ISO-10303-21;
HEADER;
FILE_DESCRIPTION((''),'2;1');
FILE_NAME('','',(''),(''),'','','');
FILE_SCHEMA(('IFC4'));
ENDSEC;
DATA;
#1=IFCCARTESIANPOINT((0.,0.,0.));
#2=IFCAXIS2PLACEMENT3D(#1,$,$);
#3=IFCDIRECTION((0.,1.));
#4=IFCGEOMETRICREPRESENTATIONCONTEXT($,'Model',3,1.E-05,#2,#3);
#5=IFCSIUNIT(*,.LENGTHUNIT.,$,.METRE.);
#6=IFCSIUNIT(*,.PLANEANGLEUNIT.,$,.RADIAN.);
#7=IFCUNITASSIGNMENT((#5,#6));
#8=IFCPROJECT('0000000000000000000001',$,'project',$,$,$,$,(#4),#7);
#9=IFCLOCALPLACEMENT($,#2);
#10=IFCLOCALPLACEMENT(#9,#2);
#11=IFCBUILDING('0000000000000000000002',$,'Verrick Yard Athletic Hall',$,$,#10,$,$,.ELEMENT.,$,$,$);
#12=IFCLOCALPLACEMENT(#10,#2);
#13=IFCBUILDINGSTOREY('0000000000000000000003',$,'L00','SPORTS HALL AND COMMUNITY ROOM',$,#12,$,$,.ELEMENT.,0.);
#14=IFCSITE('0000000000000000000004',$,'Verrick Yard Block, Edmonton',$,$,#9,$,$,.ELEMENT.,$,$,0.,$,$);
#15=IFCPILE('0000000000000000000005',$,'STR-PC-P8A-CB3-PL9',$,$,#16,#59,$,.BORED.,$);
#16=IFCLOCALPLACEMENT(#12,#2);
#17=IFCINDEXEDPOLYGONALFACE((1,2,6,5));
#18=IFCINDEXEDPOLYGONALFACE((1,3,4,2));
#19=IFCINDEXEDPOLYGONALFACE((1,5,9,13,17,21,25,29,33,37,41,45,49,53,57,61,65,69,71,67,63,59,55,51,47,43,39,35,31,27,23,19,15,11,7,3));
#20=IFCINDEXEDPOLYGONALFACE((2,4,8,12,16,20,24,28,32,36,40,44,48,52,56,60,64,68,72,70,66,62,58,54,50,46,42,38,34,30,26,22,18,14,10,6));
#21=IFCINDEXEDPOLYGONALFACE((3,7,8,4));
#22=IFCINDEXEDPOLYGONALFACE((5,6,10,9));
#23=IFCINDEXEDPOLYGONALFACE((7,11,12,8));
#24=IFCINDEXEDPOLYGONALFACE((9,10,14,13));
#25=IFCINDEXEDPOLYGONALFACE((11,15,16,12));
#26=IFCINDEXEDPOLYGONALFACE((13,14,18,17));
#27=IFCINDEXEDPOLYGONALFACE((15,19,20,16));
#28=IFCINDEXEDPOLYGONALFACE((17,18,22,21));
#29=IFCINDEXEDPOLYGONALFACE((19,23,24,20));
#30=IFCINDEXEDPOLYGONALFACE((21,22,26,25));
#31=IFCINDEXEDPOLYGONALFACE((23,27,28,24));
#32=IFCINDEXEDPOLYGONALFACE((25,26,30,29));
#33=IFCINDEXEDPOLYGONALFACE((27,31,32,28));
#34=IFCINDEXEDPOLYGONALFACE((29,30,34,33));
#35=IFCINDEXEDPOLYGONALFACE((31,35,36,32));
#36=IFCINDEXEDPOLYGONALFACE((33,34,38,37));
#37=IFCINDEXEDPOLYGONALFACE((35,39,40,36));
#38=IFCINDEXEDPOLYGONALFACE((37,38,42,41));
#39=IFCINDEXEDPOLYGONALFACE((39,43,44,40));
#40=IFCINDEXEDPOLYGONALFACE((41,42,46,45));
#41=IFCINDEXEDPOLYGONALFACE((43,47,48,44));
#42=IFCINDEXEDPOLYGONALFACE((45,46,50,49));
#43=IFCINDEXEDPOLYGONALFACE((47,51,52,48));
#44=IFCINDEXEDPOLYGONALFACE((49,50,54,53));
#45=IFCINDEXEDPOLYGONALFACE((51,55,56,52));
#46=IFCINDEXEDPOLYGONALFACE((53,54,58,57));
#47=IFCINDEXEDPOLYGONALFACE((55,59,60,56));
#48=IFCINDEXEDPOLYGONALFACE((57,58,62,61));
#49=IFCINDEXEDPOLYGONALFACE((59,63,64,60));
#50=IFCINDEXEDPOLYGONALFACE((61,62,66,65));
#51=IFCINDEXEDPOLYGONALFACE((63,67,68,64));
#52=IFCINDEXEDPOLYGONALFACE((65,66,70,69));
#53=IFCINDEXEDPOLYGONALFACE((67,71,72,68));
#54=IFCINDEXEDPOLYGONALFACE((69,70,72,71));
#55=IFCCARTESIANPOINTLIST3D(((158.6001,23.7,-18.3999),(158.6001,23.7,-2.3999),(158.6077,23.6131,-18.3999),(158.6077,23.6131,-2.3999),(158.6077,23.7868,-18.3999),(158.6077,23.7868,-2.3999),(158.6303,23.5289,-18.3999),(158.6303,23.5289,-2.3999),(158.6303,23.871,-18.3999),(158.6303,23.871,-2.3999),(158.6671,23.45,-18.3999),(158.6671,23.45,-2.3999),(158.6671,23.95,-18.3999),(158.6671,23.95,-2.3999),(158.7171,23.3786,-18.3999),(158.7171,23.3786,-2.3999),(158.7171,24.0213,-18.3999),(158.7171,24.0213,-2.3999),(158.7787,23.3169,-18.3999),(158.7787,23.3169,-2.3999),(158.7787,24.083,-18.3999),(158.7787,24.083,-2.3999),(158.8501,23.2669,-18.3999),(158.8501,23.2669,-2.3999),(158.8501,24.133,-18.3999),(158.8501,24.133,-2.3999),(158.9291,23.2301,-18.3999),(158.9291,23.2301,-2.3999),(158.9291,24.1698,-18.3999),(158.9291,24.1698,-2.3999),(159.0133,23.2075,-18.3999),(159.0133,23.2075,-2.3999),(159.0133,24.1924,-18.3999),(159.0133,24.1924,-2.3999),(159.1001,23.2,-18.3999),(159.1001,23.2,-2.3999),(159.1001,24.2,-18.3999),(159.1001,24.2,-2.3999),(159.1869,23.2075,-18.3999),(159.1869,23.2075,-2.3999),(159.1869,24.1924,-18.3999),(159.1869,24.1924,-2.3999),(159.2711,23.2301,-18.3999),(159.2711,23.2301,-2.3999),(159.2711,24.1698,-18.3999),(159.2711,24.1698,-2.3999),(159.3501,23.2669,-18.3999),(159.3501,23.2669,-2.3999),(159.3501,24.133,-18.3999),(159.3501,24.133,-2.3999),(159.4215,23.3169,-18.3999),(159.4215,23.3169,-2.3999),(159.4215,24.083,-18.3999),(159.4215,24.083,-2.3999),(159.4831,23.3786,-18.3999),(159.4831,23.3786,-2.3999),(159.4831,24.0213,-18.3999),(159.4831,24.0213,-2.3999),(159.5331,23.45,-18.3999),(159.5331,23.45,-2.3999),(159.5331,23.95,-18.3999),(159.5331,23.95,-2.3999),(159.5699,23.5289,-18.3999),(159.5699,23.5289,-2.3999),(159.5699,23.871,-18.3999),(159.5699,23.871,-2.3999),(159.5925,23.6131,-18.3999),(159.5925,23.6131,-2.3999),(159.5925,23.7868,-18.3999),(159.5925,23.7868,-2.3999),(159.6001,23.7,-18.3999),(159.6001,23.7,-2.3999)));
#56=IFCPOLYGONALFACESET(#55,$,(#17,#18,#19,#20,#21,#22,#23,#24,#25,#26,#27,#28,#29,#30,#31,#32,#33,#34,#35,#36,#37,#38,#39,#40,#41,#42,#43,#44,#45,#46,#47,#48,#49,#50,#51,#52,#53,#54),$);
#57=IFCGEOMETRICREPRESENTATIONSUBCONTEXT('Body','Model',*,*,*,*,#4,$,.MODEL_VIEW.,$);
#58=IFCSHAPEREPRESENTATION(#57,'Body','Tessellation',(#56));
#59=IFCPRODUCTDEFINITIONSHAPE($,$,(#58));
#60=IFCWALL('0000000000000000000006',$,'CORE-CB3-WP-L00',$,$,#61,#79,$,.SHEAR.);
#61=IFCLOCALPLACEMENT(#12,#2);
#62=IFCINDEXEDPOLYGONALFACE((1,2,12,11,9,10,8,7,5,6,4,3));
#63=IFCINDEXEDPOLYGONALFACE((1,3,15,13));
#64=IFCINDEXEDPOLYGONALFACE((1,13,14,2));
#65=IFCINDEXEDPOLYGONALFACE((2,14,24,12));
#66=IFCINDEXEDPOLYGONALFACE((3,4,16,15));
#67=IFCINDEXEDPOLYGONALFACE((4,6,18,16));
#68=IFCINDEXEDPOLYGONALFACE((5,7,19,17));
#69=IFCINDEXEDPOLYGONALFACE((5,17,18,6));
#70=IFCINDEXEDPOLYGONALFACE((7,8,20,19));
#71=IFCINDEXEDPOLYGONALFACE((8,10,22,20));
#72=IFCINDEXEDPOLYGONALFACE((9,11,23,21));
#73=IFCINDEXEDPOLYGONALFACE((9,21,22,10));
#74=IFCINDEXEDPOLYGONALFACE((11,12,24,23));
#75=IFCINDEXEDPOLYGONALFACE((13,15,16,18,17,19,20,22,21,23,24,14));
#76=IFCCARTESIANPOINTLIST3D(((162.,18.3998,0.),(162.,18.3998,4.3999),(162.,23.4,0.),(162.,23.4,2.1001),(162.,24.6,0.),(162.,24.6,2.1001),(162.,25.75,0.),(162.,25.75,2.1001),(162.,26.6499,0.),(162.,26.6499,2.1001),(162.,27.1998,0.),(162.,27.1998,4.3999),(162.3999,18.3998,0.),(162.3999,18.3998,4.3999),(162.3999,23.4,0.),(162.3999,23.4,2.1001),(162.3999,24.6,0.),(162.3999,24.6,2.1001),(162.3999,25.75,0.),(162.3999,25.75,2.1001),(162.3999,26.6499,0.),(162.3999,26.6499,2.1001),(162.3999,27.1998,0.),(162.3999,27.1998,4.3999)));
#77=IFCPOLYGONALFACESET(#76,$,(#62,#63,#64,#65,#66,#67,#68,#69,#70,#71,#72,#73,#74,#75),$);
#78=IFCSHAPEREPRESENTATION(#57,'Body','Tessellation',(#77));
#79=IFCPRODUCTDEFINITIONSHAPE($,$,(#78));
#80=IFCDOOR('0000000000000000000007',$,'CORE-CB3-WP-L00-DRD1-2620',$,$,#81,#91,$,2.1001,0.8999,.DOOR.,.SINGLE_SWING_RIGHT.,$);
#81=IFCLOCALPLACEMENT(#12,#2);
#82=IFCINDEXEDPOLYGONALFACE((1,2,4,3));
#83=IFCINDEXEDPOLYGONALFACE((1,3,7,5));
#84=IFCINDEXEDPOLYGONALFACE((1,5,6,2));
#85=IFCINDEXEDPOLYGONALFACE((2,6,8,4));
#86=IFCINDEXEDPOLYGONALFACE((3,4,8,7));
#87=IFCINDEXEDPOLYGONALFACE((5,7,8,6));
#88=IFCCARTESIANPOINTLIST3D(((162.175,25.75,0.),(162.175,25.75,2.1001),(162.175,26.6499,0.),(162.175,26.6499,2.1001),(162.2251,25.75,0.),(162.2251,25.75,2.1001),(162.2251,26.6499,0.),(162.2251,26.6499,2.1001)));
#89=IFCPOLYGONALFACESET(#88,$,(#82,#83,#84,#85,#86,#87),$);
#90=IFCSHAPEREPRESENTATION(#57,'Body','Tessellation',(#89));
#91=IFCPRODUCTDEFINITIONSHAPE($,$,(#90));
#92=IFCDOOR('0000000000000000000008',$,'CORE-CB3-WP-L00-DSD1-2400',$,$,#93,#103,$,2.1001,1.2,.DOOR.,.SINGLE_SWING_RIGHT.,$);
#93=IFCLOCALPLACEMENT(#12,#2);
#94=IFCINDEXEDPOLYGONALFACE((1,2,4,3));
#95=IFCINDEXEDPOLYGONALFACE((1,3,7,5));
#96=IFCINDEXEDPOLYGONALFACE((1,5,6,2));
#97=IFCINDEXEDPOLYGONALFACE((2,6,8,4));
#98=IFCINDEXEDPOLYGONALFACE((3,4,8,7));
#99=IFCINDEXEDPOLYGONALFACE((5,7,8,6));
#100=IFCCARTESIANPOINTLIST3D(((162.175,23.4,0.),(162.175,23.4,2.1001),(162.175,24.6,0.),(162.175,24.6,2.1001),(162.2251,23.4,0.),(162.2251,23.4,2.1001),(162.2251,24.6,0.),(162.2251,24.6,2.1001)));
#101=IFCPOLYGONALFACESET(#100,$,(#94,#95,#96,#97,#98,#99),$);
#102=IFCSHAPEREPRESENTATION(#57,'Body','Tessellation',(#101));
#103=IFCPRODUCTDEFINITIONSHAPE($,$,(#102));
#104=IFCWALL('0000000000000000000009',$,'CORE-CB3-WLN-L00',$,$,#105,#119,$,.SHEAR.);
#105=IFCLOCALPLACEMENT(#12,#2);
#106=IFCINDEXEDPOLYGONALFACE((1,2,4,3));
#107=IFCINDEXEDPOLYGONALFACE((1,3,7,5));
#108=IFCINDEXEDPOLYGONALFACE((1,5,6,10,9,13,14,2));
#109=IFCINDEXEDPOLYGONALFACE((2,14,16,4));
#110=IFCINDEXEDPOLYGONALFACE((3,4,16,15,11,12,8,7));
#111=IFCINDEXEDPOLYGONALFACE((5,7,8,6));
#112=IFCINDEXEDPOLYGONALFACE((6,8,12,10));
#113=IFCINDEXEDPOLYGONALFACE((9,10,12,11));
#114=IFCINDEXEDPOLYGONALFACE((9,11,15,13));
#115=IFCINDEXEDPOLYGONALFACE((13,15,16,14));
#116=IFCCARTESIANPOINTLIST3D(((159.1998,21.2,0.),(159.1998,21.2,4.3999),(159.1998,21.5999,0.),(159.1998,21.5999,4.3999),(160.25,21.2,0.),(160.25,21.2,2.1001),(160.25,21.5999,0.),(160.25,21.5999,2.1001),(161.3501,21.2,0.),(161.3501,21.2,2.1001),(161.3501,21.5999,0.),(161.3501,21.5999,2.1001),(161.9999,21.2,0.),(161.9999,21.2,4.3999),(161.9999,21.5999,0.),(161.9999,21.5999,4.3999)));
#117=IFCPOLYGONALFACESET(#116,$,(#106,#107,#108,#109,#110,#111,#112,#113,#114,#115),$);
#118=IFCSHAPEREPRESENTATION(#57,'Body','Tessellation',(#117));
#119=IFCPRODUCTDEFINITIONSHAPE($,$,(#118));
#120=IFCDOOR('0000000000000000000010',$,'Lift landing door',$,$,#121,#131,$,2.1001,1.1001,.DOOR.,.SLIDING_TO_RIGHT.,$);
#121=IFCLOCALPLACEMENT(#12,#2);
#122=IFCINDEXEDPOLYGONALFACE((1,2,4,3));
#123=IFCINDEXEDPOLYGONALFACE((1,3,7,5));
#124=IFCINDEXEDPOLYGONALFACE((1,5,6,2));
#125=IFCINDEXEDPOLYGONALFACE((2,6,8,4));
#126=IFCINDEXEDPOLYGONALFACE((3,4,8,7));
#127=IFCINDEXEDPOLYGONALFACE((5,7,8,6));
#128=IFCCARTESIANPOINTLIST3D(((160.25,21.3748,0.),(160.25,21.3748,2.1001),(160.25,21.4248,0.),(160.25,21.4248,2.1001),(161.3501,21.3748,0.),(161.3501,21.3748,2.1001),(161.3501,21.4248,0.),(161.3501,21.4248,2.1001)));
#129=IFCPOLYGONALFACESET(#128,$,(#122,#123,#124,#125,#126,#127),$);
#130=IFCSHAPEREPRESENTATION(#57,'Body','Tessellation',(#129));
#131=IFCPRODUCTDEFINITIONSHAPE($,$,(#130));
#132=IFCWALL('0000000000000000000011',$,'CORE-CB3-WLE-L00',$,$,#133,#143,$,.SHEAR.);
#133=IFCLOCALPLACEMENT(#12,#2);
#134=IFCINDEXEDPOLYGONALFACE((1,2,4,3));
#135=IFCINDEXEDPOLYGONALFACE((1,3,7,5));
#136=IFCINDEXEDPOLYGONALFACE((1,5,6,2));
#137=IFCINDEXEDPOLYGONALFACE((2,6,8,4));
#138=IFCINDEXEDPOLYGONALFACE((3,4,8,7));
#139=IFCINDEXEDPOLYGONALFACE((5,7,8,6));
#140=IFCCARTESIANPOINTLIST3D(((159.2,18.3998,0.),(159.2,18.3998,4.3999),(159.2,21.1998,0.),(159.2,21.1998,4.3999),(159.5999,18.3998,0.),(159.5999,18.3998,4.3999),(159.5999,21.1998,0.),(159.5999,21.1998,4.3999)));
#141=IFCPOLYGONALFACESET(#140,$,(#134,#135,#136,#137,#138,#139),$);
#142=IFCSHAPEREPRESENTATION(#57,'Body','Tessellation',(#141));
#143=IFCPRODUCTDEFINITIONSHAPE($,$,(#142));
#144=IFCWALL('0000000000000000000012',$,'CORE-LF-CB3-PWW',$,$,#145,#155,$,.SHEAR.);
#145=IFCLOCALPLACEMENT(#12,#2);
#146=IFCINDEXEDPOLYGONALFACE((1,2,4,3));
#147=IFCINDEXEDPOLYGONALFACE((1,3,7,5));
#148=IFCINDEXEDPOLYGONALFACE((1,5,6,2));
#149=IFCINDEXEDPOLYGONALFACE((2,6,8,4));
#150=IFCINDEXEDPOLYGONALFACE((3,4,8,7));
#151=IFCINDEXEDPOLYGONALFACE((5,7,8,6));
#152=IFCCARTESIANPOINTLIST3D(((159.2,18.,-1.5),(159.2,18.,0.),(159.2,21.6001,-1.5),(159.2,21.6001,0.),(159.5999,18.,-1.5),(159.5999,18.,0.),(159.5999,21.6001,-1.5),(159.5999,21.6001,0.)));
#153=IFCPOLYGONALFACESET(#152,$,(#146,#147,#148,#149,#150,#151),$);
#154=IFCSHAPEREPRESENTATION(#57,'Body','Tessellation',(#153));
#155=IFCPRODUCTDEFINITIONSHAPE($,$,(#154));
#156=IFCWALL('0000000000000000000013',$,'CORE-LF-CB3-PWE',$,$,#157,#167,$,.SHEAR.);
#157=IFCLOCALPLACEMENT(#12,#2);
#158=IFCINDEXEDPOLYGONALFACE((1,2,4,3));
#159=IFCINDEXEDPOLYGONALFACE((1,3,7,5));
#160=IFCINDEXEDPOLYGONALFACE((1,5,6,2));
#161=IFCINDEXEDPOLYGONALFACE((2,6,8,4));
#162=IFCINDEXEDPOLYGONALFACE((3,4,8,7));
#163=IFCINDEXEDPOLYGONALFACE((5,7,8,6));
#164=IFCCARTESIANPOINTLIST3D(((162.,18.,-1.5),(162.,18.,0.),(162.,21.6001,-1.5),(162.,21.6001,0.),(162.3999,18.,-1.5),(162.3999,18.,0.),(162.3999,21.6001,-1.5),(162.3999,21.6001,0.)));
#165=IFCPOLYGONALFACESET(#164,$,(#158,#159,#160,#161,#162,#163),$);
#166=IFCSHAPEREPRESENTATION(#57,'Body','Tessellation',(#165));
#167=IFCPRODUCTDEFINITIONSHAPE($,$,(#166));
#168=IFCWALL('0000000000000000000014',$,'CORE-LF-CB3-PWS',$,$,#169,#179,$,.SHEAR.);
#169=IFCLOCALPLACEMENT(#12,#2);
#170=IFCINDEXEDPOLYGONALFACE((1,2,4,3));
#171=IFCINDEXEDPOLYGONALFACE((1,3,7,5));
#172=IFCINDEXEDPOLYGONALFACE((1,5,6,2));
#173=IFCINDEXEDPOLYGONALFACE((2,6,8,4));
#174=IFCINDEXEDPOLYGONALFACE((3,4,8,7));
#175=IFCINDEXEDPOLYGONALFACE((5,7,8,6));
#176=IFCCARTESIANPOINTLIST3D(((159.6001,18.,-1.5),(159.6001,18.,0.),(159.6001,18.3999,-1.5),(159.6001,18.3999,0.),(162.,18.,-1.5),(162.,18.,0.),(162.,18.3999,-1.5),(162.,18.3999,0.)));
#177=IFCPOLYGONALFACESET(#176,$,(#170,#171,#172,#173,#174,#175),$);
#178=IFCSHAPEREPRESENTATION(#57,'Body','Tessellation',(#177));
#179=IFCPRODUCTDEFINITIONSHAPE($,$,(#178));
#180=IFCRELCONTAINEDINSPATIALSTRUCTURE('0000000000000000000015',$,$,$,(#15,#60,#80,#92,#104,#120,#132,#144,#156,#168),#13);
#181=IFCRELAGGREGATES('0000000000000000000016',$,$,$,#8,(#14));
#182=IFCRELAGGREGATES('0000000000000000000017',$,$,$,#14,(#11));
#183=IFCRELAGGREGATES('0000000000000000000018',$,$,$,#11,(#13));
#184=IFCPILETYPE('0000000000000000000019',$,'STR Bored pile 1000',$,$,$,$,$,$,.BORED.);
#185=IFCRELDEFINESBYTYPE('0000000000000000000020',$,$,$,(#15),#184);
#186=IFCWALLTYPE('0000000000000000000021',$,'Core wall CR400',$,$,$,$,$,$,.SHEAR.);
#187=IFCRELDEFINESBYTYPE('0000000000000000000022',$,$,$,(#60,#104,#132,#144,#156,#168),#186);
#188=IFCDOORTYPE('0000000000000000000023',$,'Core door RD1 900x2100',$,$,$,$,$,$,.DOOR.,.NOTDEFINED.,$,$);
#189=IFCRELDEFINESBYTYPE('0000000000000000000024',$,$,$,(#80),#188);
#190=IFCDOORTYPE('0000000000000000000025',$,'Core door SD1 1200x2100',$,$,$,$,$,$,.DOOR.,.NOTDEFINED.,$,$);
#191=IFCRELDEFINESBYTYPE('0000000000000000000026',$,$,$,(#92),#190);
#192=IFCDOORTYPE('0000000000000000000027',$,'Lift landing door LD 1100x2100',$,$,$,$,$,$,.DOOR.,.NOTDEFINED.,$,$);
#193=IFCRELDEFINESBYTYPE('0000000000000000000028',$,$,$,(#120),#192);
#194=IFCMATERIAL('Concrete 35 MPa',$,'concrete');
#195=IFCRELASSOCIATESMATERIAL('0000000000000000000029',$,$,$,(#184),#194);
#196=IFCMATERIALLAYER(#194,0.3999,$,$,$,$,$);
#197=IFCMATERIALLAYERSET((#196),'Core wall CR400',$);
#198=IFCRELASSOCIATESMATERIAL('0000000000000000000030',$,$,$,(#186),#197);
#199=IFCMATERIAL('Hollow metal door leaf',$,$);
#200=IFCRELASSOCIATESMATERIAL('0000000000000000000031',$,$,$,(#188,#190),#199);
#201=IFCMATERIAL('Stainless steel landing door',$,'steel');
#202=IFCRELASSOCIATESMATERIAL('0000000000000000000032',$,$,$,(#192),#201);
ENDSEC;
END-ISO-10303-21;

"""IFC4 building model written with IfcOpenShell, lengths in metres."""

from ifc_helpers import new_model, si_unit, direction, frame, frame_2d, origin, origin_2d, place, context, subcontext, project, spatial, rectangle, circle, extrude, material, layer, layer_set, type_object, element, fill, save


model = new_model("IFC4")

# Units and contexts
model_context = context("Model", 3, precision=1e-05, world=origin(), true_north=direction((0.0, 1.0)))
body_context = subcontext(model_context, "Body", "Model", "MODEL_VIEW")
ifc_project = project(units=[si_unit("LENGTHUNIT", "METRE"), si_unit("PLANEANGLEUNIT", "RADIAN")], contexts=[model_context])

# Site, building, storey
site_placement = place(None, origin())
site = spatial("IfcSite", under=ifc_project, at=site_placement, Name="Verrick Yard Block, Edmonton", CompositionType="ELEMENT", RefElevation=0.0)
building_placement = place(site_placement, origin())
building = spatial("IfcBuilding", under=site, at=building_placement, Name="Verrick Yard Athletic Hall", CompositionType="ELEMENT")
storey_placement = place(building_placement, origin())
storey = spatial("IfcBuildingStorey", under=building, at=storey_placement, Name="L00", Description="SPORTS HALL AND COMMUNITY ROOM", CompositionType="ELEMENT", Elevation=0.0)

# Pile
ifc_material_1 = material(Name="Concrete 35 MPa", Category="concrete")
pile_type = type_object("IfcPileType", Name="STR Bored pile 1000", PredefinedType="BORED", material=ifc_material_1)
for number, where, z_axis, x_axis, name in (
    (1, (159.1001, 23.7, -2.3999), (0.0, 0.0, -1.0), (1.0, 0.0, 0.0), "STR-PC-P8A-CB3-PL9"),
):
    element("IfcPile", number, at=place(storey_placement, frame(where, z_axis=z_axis, x_axis=x_axis)), inside=storey, type_object=pile_type, Name=name, PredefinedType="BORED", context=body_context, shape_type="SweptSolid", body=[
        extrude(circle(Radius=0.5, at=origin_2d()), origin(), (0.0, 0.0, 1.0), 16.0),
    ])

# Wall, openings, doors
ifc_layer_1 = layer(ifc_material_1, 0.3999)
ifc_layer_set_1 = layer_set([ifc_layer_1], Name="Core wall CR400")
wall_type_1 = type_object("IfcWallType", Name="Core wall CR400", PredefinedType="SHEAR", material=ifc_layer_set_1)
wall_1_placement = place(storey_placement, frame((162.2, 18.3999, 0.0), z_axis=(0.0, 0.0, 1.0), x_axis=(0.0, 1.0, 0.0)))
wall_1 = element("IfcWall", 2, at=wall_1_placement, inside=storey, type_object=wall_type_1, Name="CORE-CB3-WP-L00", PredefinedType="SHEAR", context=body_context, shape_type="SweptSolid", body=[
    extrude(rectangle(XDim=8.8, YDim=0.3999, at=frame_2d((4.3999, 0.0))), origin(), (0.0, 0.0, 1.0), 4.3999),
])
opening_1_placement = place(wall_1_placement, frame((5.0, 0.0, 0.0)))
opening_1 = element("IfcOpeningElement", 3, at=opening_1_placement, cuts=wall_1, PredefinedType="OPENING", context=body_context, shape_type="SweptSolid", body=[
    extrude(rectangle(XDim=1.2, YDim=2.1001, at=frame_2d((0.6001, 1.05))), frame((0.0, 0.21, 0.0), z_axis=(0.0, -1.0, 0.0), x_axis=(1.0, 0.0, 0.0)), (0.0, 0.0, 1.0), 0.4199),
])
opening_2_placement = place(wall_1_placement, frame((7.3501, 0.0, 0.0)))
opening_2 = element("IfcOpeningElement", 4, at=opening_2_placement, cuts=wall_1, PredefinedType="OPENING", context=body_context, shape_type="SweptSolid", body=[
    extrude(rectangle(XDim=0.8999, YDim=2.1001, at=frame_2d((0.45, 1.05))), frame((0.0, 0.21, 0.0), z_axis=(0.0, -1.0, 0.0), x_axis=(1.0, 0.0, 0.0)), (0.0, 0.0, 1.0), 0.4199),
])
ifc_material_2 = material(Name="Hollow metal door leaf")
door_type_1 = type_object("IfcDoorType", Name="Core door RD1 900x2100", OperationType="NOTDEFINED", PredefinedType="DOOR", material=ifc_material_2)
door_1_placement = place(opening_2_placement, origin())
door_1 = element("IfcDoor", 5, at=door_1_placement, inside=storey, type_object=door_type_1, Name="CORE-CB3-WP-L00-DRD1-2620", OperationType="SINGLE_SWING_RIGHT", OverallHeight=2.1001, OverallWidth=0.8999, PredefinedType="DOOR", context=body_context, shape_type="SweptSolid", body=[
    extrude(rectangle(XDim=0.8999, YDim=2.1001, at=frame_2d((0.45, 1.05))), frame((0.0, 0.0249, 0.0), z_axis=(0.0, -1.0, 0.0), x_axis=(1.0, 0.0, 0.0)), (0.0, 0.0, 1.0), 0.05),
])
fill(opening_2, door_1)
door_type_2 = type_object("IfcDoorType", Name="Core door SD1 1200x2100", OperationType="NOTDEFINED", PredefinedType="DOOR", material=ifc_material_2)
door_2_placement = place(opening_1_placement, origin())
door_2 = element("IfcDoor", 6, at=door_2_placement, inside=storey, type_object=door_type_2, Name="CORE-CB3-WP-L00-DSD1-2400", OperationType="SINGLE_SWING_RIGHT", OverallHeight=2.1001, OverallWidth=1.2, PredefinedType="DOOR", context=body_context, shape_type="SweptSolid", body=[
    extrude(rectangle(XDim=1.2, YDim=2.1001, at=frame_2d((0.6001, 1.05))), frame((0.0, 0.0249, 0.0), z_axis=(0.0, -1.0, 0.0), x_axis=(1.0, 0.0, 0.0)), (0.0, 0.0, 1.0), 0.05),
])
fill(opening_1, door_2)

# Wall, opening, door
wall_2_placement = place(storey_placement, frame((159.2, 21.3999, 0.0), z_axis=(0.0, 0.0, 1.0), x_axis=(1.0, 0.0, 0.0)))
wall_2 = element("IfcWall", 7, at=wall_2_placement, inside=storey, type_object=wall_type_1, Name="CORE-CB3-WLN-L00", PredefinedType="SHEAR", context=body_context, shape_type="SweptSolid", body=[
    extrude(rectangle(XDim=2.8, YDim=0.3999, at=frame_2d((1.3999, 0.0))), origin(), (0.0, 0.0, 1.0), 4.3999),
])
opening_3_placement = place(wall_2_placement, frame((1.05, 0.0, 0.0)))
opening_3 = element("IfcOpeningElement", 8, at=opening_3_placement, cuts=wall_2, PredefinedType="OPENING", context=body_context, shape_type="SweptSolid", body=[
    extrude(rectangle(XDim=1.1001, YDim=2.1001, at=frame_2d((0.55, 1.05))), frame((0.0, 0.21, 0.0), z_axis=(0.0, -1.0, 0.0), x_axis=(1.0, 0.0, 0.0)), (0.0, 0.0, 1.0), 0.4199),
])
ifc_material_3 = material(Name="Stainless steel landing door", Category="steel")
door_type_3 = type_object("IfcDoorType", Name="Lift landing door LD 1100x2100", OperationType="NOTDEFINED", PredefinedType="DOOR", material=ifc_material_3)
door_3_placement = place(opening_3_placement, origin())
door_3 = element("IfcDoor", 9, at=door_3_placement, inside=storey, type_object=door_type_3, Name="Lift landing door", OperationType="SLIDING_TO_RIGHT", OverallHeight=2.1001, OverallWidth=1.1001, PredefinedType="DOOR", context=body_context, shape_type="SweptSolid", body=[
    extrude(rectangle(XDim=1.1001, YDim=2.1001, at=frame_2d((0.55, 1.05))), frame((0.0, 0.0249, 0.0), z_axis=(0.0, -1.0, 0.0), x_axis=(1.0, 0.0, 0.0)), (0.0, 0.0, 1.0), 0.05),
])
fill(opening_3, door_3)

# Walls
wall_3_placement = place(storey_placement, frame((159.3999, 18.3999, 0.0), z_axis=(0.0, 0.0, 1.0), x_axis=(0.0, 1.0, 0.0)))
element("IfcWall", 10, at=wall_3_placement, inside=storey, type_object=wall_type_1, Name="CORE-CB3-WLE-L00", PredefinedType="SHEAR", context=body_context, shape_type="SweptSolid", body=[
    extrude(rectangle(XDim=2.8, YDim=0.3999, at=frame_2d((1.3999, 0.0))), origin(), (0.0, 0.0, 1.0), 4.3999),
])
for number, where, z_axis, x_axis, name in (
    (11, (159.3999, 18.0, -1.5), (0.0, 0.0, 1.0), (0.0, 1.0, 0.0), "CORE-LF-CB3-PWW"),
    (12, (162.2, 18.0, -1.5), (0.0, 0.0, 1.0), (0.0, 1.0, 0.0), "CORE-LF-CB3-PWE"),
):
    element("IfcWall", number, at=place(storey_placement, frame(where, z_axis=z_axis, x_axis=x_axis)), inside=storey, type_object=wall_type_1, Name=name, PredefinedType="SHEAR", context=body_context, shape_type="SweptSolid", body=[
        extrude(rectangle(XDim=3.6001, YDim=0.3999, at=frame_2d((1.8, 0.0))), origin(), (0.0, 0.0, 1.0), 1.5),
    ])
for number, where, z_axis, x_axis, name in (
    (13, (159.6001, 18.2, -1.5), (0.0, 0.0, 1.0), (1.0, 0.0, 0.0), "CORE-LF-CB3-PWS"),
):
    element("IfcWall", number, at=place(storey_placement, frame(where, z_axis=z_axis, x_axis=x_axis)), inside=storey, type_object=wall_type_1, Name=name, PredefinedType="SHEAR", context=body_context, shape_type="SweptSolid", body=[
        extrude(rectangle(XDim=2.3999, YDim=0.3999, at=frame_2d((1.2, 0.0))), origin(), (0.0, 0.0, 1.0), 1.5),
    ])

save(model, "model.ifc")
